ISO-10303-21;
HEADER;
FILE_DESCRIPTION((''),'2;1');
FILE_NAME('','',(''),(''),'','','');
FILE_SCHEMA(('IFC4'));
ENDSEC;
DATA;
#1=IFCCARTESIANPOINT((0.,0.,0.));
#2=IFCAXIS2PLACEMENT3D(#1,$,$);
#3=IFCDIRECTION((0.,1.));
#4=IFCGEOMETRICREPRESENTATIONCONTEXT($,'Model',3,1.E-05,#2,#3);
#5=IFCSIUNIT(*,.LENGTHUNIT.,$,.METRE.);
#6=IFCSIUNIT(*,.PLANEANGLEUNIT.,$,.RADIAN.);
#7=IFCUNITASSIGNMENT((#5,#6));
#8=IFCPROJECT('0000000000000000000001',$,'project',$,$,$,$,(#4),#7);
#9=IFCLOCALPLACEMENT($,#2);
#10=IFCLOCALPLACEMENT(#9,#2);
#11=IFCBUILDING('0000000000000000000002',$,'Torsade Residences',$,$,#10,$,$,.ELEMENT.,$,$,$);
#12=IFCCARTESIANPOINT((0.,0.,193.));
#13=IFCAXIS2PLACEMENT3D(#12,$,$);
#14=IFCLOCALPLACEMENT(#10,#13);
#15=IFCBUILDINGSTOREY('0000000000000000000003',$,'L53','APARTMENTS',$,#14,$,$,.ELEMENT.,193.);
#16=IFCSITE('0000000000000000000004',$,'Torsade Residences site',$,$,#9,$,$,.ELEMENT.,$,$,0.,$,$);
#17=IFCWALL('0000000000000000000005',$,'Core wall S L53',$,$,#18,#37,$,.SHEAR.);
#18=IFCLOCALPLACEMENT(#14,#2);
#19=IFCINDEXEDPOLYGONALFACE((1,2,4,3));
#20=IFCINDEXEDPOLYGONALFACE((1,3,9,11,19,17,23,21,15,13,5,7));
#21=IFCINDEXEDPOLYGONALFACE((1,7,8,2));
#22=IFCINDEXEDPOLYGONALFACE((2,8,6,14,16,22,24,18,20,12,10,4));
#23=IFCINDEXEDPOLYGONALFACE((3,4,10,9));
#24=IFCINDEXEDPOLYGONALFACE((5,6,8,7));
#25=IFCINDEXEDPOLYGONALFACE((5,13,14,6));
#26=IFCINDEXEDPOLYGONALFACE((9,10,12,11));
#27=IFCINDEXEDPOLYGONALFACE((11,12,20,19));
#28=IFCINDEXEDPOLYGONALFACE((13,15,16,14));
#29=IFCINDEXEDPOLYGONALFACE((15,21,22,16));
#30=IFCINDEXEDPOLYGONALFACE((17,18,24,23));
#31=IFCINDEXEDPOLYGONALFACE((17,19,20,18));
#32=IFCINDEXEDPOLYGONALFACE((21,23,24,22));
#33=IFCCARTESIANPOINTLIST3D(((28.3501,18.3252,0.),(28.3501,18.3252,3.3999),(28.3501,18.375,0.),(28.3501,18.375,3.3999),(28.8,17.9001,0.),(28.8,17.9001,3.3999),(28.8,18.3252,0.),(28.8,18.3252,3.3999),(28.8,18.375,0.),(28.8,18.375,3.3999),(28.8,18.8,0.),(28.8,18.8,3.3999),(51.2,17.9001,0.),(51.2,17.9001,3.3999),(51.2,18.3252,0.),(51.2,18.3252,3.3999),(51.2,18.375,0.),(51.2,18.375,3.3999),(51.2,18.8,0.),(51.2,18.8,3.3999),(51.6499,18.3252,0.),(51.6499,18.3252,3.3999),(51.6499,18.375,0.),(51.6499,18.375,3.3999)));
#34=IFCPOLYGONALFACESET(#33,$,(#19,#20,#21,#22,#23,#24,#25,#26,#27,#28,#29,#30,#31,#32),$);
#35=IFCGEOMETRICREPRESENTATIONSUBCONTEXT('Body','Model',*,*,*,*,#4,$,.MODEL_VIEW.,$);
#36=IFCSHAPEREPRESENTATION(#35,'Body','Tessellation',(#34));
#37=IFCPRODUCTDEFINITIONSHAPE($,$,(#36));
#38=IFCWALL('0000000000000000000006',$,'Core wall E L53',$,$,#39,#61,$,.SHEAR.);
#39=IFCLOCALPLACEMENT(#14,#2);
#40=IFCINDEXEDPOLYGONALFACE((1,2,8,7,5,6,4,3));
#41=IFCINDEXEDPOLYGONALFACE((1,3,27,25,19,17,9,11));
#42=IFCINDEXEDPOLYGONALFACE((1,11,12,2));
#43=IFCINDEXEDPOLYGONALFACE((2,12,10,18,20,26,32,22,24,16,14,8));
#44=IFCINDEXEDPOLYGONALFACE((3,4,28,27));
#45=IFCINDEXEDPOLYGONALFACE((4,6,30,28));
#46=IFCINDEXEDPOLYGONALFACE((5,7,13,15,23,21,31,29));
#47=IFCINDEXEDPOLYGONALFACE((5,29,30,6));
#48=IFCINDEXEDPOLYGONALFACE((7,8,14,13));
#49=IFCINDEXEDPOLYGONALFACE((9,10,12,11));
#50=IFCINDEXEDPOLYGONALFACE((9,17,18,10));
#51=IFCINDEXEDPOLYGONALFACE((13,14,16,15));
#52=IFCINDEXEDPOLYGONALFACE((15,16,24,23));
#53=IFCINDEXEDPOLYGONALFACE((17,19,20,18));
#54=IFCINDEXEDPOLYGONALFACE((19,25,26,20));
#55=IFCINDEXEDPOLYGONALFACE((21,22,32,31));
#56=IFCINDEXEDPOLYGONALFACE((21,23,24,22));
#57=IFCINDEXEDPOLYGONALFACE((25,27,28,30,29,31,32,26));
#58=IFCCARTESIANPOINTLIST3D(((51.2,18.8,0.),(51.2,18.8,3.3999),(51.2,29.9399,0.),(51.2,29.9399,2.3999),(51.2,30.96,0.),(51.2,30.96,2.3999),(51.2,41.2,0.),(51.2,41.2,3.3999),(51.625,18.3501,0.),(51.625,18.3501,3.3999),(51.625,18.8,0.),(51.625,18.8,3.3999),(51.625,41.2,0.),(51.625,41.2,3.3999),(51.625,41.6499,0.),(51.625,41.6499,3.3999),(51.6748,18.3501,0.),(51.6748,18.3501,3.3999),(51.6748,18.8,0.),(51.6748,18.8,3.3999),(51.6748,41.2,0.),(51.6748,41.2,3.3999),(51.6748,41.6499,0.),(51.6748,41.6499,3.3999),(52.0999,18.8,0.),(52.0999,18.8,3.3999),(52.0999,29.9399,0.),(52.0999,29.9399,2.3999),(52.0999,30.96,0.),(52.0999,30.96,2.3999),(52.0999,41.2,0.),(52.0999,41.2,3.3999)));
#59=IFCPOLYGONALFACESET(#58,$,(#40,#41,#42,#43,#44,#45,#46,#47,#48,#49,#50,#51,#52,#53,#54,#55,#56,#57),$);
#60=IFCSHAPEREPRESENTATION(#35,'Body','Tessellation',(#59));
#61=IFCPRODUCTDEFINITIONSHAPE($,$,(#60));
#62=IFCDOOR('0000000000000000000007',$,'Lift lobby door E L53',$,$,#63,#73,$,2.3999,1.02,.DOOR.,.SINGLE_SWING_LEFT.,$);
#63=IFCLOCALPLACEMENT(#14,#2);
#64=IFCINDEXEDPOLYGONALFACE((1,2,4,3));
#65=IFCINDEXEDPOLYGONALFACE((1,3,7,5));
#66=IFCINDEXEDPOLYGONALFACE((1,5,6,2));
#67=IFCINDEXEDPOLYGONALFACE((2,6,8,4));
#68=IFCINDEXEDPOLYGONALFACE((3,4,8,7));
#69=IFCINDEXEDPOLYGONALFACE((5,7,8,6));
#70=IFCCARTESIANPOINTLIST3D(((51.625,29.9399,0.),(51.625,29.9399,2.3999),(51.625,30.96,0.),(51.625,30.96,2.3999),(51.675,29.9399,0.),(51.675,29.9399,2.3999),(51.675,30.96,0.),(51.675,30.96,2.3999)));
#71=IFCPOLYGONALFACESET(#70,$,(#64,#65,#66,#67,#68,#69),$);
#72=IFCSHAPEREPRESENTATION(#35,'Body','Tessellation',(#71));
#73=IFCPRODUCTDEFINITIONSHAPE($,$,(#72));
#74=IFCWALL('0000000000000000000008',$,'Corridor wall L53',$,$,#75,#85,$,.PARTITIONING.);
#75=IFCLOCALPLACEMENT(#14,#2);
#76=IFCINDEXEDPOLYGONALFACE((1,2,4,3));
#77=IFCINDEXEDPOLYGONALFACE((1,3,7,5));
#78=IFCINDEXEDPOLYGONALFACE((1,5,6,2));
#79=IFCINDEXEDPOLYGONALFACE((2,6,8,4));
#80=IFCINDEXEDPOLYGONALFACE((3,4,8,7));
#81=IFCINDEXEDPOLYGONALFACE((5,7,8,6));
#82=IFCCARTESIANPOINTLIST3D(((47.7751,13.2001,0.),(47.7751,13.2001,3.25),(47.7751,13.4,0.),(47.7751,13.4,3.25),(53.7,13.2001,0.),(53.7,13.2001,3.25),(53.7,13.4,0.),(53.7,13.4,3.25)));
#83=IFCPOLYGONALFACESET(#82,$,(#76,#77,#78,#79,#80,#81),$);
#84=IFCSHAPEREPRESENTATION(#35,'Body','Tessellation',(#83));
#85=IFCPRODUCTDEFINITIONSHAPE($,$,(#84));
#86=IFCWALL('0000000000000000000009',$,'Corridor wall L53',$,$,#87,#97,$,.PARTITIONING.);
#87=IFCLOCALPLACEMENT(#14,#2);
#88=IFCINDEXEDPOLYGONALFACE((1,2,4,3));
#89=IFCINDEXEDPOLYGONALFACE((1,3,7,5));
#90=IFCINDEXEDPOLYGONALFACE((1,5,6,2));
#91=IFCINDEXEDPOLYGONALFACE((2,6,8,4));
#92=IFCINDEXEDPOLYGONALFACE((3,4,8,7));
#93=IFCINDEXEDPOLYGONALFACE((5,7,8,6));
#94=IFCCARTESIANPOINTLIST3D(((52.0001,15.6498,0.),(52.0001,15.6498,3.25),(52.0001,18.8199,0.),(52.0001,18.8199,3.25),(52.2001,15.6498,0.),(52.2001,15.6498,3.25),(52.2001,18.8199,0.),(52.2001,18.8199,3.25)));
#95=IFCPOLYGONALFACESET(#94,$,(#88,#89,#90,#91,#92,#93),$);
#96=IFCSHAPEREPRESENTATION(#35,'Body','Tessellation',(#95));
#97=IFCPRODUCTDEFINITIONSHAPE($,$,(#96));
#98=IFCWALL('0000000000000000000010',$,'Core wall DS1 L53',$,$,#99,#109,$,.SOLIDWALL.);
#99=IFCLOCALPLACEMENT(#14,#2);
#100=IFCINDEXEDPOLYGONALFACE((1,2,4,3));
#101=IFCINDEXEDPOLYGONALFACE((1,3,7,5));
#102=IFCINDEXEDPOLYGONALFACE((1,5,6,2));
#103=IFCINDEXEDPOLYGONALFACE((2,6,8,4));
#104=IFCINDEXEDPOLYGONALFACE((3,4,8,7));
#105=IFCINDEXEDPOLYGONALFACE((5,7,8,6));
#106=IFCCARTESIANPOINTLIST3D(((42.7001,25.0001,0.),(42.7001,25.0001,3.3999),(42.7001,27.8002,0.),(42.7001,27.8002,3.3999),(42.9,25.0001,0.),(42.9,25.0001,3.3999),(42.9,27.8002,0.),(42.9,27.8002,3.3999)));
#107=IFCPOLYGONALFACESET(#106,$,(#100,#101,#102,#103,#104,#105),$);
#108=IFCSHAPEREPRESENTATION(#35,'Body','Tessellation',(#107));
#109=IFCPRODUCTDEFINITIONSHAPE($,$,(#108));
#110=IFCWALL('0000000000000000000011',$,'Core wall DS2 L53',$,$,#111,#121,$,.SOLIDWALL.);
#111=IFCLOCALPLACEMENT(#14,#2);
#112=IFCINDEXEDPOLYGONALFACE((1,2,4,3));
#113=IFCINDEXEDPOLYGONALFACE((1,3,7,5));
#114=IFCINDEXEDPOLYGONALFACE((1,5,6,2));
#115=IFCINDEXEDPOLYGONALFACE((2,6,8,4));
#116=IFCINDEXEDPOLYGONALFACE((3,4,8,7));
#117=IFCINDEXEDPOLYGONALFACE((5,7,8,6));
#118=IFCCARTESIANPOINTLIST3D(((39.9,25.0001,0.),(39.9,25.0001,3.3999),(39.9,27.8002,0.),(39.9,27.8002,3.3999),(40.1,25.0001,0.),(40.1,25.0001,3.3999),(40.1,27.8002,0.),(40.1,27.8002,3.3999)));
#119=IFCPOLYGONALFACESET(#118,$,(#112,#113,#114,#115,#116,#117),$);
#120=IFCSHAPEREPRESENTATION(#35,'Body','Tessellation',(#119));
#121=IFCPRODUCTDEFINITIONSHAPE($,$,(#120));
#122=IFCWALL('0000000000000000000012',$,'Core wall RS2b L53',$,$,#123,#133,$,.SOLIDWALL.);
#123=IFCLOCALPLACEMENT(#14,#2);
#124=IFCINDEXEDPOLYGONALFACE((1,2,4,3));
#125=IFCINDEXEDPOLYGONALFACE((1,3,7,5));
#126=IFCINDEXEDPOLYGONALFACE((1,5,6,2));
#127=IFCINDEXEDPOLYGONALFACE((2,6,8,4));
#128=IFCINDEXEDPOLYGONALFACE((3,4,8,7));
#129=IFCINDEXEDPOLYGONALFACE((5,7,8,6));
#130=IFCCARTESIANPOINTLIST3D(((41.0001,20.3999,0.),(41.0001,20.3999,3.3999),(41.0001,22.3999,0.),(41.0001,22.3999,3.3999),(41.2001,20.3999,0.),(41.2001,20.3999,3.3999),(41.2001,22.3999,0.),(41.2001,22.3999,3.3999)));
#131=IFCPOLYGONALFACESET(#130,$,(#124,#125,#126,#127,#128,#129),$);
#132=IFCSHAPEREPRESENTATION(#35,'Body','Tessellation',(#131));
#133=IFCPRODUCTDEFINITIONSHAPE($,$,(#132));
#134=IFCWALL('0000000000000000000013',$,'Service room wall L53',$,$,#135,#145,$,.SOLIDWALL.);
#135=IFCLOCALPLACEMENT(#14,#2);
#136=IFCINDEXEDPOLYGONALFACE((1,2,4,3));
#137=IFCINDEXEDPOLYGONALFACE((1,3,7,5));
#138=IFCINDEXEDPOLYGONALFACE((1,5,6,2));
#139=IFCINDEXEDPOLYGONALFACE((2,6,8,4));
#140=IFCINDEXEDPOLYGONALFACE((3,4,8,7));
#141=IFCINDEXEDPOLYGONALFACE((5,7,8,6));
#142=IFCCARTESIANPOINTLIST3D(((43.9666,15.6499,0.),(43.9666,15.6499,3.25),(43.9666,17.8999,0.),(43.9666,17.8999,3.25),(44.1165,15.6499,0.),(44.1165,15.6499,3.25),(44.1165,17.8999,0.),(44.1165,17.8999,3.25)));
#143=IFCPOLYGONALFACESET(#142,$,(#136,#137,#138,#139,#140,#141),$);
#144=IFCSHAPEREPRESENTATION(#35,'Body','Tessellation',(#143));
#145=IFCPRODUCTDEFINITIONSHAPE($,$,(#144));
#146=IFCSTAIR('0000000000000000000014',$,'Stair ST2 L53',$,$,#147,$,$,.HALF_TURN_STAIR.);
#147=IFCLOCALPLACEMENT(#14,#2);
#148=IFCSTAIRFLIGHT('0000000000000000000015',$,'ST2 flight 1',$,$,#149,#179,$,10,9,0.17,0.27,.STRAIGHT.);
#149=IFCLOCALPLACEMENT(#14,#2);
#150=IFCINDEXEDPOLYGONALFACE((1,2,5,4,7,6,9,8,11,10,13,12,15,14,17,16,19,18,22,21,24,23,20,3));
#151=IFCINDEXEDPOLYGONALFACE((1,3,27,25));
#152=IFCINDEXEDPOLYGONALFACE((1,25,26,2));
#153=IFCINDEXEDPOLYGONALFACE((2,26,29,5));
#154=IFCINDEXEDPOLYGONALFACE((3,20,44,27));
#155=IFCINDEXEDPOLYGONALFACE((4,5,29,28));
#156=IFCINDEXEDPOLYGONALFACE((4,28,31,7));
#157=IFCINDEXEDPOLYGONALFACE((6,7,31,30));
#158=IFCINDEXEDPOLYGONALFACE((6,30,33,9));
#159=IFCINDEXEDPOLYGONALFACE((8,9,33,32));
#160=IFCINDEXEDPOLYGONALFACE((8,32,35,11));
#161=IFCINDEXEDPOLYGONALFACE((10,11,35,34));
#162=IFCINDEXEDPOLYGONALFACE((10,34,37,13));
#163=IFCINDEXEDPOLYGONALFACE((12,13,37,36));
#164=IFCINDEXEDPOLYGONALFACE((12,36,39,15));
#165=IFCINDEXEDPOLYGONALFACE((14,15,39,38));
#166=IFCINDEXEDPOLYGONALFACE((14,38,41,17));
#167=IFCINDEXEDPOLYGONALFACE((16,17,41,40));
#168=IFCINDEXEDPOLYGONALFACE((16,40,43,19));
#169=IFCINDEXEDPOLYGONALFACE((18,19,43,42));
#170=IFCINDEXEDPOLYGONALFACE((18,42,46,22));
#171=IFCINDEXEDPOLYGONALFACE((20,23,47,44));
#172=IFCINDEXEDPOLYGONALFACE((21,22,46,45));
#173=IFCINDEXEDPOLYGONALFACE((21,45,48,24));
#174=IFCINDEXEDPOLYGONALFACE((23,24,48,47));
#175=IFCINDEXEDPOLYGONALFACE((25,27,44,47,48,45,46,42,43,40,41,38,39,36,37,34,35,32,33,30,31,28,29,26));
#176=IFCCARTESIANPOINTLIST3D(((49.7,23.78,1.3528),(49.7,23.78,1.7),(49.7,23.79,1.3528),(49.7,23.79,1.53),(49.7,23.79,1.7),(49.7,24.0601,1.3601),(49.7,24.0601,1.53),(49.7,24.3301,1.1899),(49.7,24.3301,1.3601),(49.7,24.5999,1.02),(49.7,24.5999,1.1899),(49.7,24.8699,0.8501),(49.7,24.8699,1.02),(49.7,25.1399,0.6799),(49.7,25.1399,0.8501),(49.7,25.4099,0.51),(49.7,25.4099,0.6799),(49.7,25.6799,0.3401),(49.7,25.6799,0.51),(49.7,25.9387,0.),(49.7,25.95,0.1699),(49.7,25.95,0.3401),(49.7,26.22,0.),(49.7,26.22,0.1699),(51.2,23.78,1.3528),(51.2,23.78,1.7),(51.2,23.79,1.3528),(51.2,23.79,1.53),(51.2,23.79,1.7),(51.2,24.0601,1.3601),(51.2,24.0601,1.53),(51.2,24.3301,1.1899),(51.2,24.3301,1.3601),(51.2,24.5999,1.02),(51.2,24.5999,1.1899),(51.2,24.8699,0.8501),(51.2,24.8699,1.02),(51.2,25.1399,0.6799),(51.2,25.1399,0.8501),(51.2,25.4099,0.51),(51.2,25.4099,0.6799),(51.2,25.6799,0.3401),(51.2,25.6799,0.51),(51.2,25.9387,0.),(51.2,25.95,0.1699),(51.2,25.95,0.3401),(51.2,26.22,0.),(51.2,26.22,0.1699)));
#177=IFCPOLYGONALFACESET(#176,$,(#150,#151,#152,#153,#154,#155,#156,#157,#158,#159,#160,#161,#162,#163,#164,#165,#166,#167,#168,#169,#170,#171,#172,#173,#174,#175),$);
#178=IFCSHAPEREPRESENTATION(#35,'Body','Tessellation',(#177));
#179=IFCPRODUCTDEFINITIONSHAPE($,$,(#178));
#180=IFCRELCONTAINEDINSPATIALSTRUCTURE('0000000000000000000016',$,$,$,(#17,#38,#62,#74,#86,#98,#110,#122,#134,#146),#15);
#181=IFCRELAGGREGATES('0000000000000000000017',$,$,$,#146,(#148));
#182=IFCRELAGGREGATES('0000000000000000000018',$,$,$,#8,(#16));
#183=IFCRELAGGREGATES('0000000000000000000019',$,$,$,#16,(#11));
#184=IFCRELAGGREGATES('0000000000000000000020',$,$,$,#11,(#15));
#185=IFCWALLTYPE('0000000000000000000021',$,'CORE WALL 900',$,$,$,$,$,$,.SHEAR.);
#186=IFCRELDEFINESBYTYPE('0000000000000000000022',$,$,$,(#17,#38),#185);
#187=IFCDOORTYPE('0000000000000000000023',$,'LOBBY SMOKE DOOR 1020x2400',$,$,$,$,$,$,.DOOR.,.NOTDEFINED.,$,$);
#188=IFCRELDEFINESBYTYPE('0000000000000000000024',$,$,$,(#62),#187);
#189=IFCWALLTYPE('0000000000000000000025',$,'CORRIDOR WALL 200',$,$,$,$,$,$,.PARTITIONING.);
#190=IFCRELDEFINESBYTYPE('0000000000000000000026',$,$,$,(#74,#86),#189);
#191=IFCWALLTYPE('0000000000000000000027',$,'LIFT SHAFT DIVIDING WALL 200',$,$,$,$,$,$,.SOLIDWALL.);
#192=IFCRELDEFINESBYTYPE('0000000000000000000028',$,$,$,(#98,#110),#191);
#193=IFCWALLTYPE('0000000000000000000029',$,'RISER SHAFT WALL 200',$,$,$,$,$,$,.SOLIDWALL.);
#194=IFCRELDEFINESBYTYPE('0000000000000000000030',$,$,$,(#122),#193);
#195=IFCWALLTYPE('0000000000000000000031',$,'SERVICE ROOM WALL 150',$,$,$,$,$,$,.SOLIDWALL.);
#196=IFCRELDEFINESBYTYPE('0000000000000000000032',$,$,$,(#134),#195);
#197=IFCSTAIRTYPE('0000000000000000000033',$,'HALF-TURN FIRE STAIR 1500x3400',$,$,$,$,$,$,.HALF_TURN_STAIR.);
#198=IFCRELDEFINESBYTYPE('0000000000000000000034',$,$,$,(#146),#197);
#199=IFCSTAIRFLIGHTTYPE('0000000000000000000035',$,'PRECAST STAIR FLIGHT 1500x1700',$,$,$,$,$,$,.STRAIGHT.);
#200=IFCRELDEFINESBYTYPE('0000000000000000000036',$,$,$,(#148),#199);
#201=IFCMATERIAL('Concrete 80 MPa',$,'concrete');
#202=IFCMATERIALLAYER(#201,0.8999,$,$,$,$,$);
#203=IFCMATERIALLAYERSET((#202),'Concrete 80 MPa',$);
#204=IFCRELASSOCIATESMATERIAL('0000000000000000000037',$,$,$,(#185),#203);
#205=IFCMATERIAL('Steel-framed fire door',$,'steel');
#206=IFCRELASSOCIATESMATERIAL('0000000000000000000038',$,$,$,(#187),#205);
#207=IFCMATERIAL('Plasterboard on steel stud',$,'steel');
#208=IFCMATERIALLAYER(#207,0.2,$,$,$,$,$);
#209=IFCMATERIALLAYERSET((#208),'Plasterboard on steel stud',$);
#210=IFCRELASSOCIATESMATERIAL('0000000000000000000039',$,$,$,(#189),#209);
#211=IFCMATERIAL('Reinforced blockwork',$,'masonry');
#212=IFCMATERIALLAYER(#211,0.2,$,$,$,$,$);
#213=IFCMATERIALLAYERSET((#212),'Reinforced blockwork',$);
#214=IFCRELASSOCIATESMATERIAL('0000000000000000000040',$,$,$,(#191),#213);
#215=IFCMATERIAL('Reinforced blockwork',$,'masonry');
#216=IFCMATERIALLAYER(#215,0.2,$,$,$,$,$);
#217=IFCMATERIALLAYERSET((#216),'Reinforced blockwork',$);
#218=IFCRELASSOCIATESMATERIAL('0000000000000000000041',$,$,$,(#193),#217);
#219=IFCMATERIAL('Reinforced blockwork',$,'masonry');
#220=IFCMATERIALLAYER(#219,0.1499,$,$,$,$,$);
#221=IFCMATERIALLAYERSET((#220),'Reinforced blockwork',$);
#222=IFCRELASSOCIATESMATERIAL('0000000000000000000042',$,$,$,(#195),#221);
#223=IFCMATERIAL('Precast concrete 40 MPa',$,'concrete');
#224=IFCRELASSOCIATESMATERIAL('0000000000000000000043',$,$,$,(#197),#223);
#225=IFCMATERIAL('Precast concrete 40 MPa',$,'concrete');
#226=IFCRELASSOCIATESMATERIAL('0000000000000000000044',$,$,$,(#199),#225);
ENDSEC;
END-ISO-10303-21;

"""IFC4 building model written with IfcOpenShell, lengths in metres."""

from ifc_helpers import new_model, si_unit, direction, frame, frame_2d, origin, place, context, subcontext, project, spatial, polyline, rectangle, outline, extrude, material, layer, layer_set, type_object, element, fill, aggregate, save


model = new_model("IFC4")

# Units and contexts
model_context = context("Model", 3, precision=1e-05, world=origin(), true_north=direction((0.0, 1.0)))
body_context = subcontext(model_context, "Body", "Model", "MODEL_VIEW")
ifc_project = project(units=[si_unit("LENGTHUNIT", "METRE"), si_unit("PLANEANGLEUNIT", "RADIAN")], contexts=[model_context])

# Site, building, storey
site_placement = place(None, origin())
site = spatial("IfcSite", under=ifc_project, at=site_placement, Name="Torsade Residences site", CompositionType="ELEMENT", RefElevation=0.0)
building_placement = place(site_placement, origin())
building = spatial("IfcBuilding", under=site, at=building_placement, Name="Torsade Residences", CompositionType="ELEMENT")
storey_placement = place(building_placement, frame((0.0, 0.0, 193.0)))
storey = spatial("IfcBuildingStorey", under=building, at=storey_placement, Name="L53", Description="APARTMENTS", CompositionType="ELEMENT", Elevation=193.0)

# Wall
ifc_material_1 = material(Name="Concrete 80 MPa", Category="concrete")
ifc_layer_1 = layer(ifc_material_1, 0.8999)
ifc_layer_set_1 = layer_set([ifc_layer_1], Name="Concrete 80 MPa")
wall_type_1 = type_object("IfcWallType", Name="CORE WALL 900", PredefinedType="SHEAR", material=ifc_layer_set_1)
wall_1_placement = place(storey_placement, frame((51.2, 18.3501, 0.0), z_axis=(0.0, 0.0, 1.0), x_axis=(-1.0, 0.0, 0.0)))
element("IfcWall", 1, at=wall_1_placement, inside=storey, type_object=wall_type_1, Name="Core wall S L53", PredefinedType="SHEAR", context=body_context, shape_type="SweptSolid", body=[
    extrude(outline(polyline([(0.0, -0.45), (22.3999, -0.45), (22.3999, -0.0249), (22.8499, -0.0249), (22.8499, 0.0249), (22.3999, 0.0249), (22.3999, 0.45), (0.0, 0.45), (0.0, 0.0249), (-0.45, 0.0249), (-0.45, -0.0249), (0.0, -0.0249), (0.0, -0.45)])), origin(), (0.0, 0.0, 1.0), 3.3999),
])

# Wall, opening, door
wall_2_placement = place(storey_placement, frame((51.6499, 18.8, 0.0), z_axis=(0.0, 0.0, 1.0), x_axis=(0.0, 1.0, 0.0)))
wall_2 = element("IfcWall", 2, at=wall_2_placement, inside=storey, type_object=wall_type_1, Name="Core wall E L53", PredefinedType="SHEAR", context=body_context, shape_type="SweptSolid", body=[
    extrude(outline(polyline([(0.0, -0.45), (22.3999, -0.45), (22.3999, -0.0249), (22.8499, -0.0249), (22.8499, 0.0249), (22.3999, 0.0249), (22.3999, 0.45), (0.0, 0.45), (0.0, 0.0249), (-0.45, 0.0249), (-0.45, -0.0249), (0.0, -0.0249), (0.0, -0.45)])), origin(), (0.0, 0.0, 1.0), 3.3999),
])
opening_placement = place(wall_2_placement, frame((11.1399, 0.0, 0.0)))
opening = element("IfcOpeningElement", 3, at=opening_placement, cuts=wall_2, PredefinedType="OPENING", context=body_context, shape_type="SweptSolid", body=[
    extrude(rectangle(XDim=1.02, YDim=2.3999, at=frame_2d((0.51, 1.2))), frame((0.0, 0.46, 0.0), z_axis=(0.0, -1.0, 0.0), x_axis=(1.0, 0.0, 0.0)), (0.0, 0.0, 1.0), 0.9199),
])
ifc_material_2 = material(Name="Steel-framed fire door", Category="steel")
door_type = type_object("IfcDoorType", Name="LOBBY SMOKE DOOR 1020x2400", OperationType="NOTDEFINED", PredefinedType="DOOR", material=ifc_material_2)
door_placement = place(opening_placement, origin())
door = element("IfcDoor", 4, at=door_placement, inside=storey, type_object=door_type, Name="Lift lobby door E L53", OperationType="SINGLE_SWING_LEFT", OverallHeight=2.3999, OverallWidth=1.02, PredefinedType="DOOR", context=body_context, shape_type="SweptSolid", body=[
    extrude(rectangle(XDim=1.02, YDim=2.3999, at=frame_2d((0.51, 1.2))), frame((0.0, 0.0249, 0.0), z_axis=(0.0, -1.0, 0.0), x_axis=(1.0, 0.0, 0.0)), (0.0, 0.0, 1.0), 0.05),
])
fill(opening, door)

# Walls
ifc_material_3 = material(Name="Plasterboard on steel stud", Category="steel")
ifc_layer_2 = layer(ifc_material_3, 0.2)
ifc_layer_set_2 = layer_set([ifc_layer_2], Name="Plasterboard on steel stud")
wall_type_2 = type_object("IfcWallType", Name="CORRIDOR WALL 200", PredefinedType="PARTITIONING", material=ifc_layer_set_2)
wall_3_placement = place(storey_placement, frame((47.7751, 13.3, 0.0), z_axis=(0.0, 0.0, 1.0), x_axis=(1.0, 0.0, 0.0)))
element("IfcWall", 5, at=wall_3_placement, inside=storey, type_object=wall_type_2, Name="Corridor wall L53", PredefinedType="PARTITIONING", context=body_context, shape_type="SweptSolid", body=[
    extrude(rectangle(XDim=5.9248, YDim=0.2, at=frame_2d((2.9624, 0.0))), origin(), (0.0, 0.0, 1.0), 3.25),
])
wall_4_placement = place(storey_placement, frame((52.1001, 15.6499, 0.0), z_axis=(0.0, 0.0, 1.0), x_axis=(0.0, 1.0, 0.0)))
element("IfcWall", 6, at=wall_4_placement, inside=storey, type_object=wall_type_2, Name="Corridor wall L53", PredefinedType="PARTITIONING", context=body_context, shape_type="SweptSolid", body=[
    extrude(rectangle(XDim=3.1702, YDim=0.2, at=frame_2d((1.585, 0.0))), origin(), (0.0, 0.0, 1.0), 3.25),
])
ifc_material_4 = material(Name="Reinforced blockwork", Category="masonry")
ifc_layer_3 = layer(ifc_material_4, 0.2)
ifc_layer_set_3 = layer_set([ifc_layer_3], Name="Reinforced blockwork")
wall_type_3 = type_object("IfcWallType", Name="LIFT SHAFT DIVIDING WALL 200", PredefinedType="SOLIDWALL", material=ifc_layer_set_3)
for number, where, z_axis, x_axis, name in (
    (7, (42.8, 27.8, 0.0), (0.0, 0.0, 1.0), (0.0, -1.0, 0.0), "Core wall DS1 L53"),
    (8, (40.0, 27.8, 0.0), (0.0, 0.0, 1.0), (0.0, -1.0, 0.0), "Core wall DS2 L53"),
):
    element("IfcWall", number, at=place(storey_placement, frame(where, z_axis=z_axis, x_axis=x_axis)), inside=storey, type_object=wall_type_3, Name=name, PredefinedType="SOLIDWALL", context=body_context, shape_type="SweptSolid", body=[
        extrude(rectangle(XDim=2.8, YDim=0.2, at=frame_2d((1.3999, 0.0))), origin(), (0.0, 0.0, 1.0), 3.3999),
    ])
ifc_material_5 = material(Name="Reinforced blockwork", Category="masonry")
ifc_layer_4 = layer(ifc_material_5, 0.2)
ifc_layer_set_4 = layer_set([ifc_layer_4], Name="Reinforced blockwork")
wall_type_4 = type_object("IfcWallType", Name="RISER SHAFT WALL 200", PredefinedType="SOLIDWALL", material=ifc_layer_set_4)
wall_5_placement = place(storey_placement, frame((41.1001, 22.3999, 0.0), z_axis=(0.0, 0.0, 1.0), x_axis=(0.0, -1.0, 0.0)))
element("IfcWall", 9, at=wall_5_placement, inside=storey, type_object=wall_type_4, Name="Core wall RS2b L53", PredefinedType="SOLIDWALL", context=body_context, shape_type="SweptSolid", body=[
    extrude(rectangle(XDim=2.0, YDim=0.2, at=frame_2d((1.0, 0.0))), origin(), (0.0, 0.0, 1.0), 3.3999),
])
ifc_material_6 = material(Name="Reinforced blockwork", Category="masonry")
ifc_layer_5 = layer(ifc_material_6, 0.1499)
ifc_layer_set_5 = layer_set([ifc_layer_5], Name="Reinforced blockwork")
wall_type_5 = type_object("IfcWallType", Name="SERVICE ROOM WALL 150", PredefinedType="SOLIDWALL", material=ifc_layer_set_5)
wall_6_placement = place(storey_placement, frame((44.0415, 15.6499, 0.0), z_axis=(0.0, 0.0, 1.0), x_axis=(0.0, 1.0, 0.0)))
element("IfcWall", 10, at=wall_6_placement, inside=storey, type_object=wall_type_5, Name="Service room wall L53", PredefinedType="SOLIDWALL", context=body_context, shape_type="SweptSolid", body=[
    extrude(rectangle(XDim=2.25, YDim=0.1499, at=frame_2d((1.125, 0.0))), origin(), (0.0, 0.0, 1.0), 3.25),
])

# Stair, stair flight
ifc_material_7 = material(Name="Precast concrete 40 MPa", Category="concrete")
stair_type = type_object("IfcStairType", Name="HALF-TURN FIRE STAIR 1500x3400", PredefinedType="HALF_TURN_STAIR", material=ifc_material_7)
stair_placement = place(storey_placement, origin())
stair = element("IfcStair", 11, at=stair_placement, inside=storey, type_object=stair_type, Name="Stair ST2 L53", PredefinedType="HALF_TURN_STAIR")
ifc_material_8 = material(Name="Precast concrete 40 MPa", Category="concrete")
stair_flight_type = type_object("IfcStairFlightType", Name="PRECAST STAIR FLIGHT 1500x1700", PredefinedType="STRAIGHT", material=ifc_material_8)
stair_flight_1_placement = place(storey_placement, frame((50.45, 26.22, 0.0), z_axis=(0.0, 0.0, 1.0), x_axis=(0.0, -1.0, 0.0)))
stair_flight_1 = element("IfcStairFlight", 12, at=stair_flight_1_placement, type_object=stair_flight_type, Name="ST2 flight 1", NumberOfRisers=10, NumberOfTreads=9, PredefinedType="STRAIGHT", RiserHeight=0.17, TreadLength=0.27, context=body_context, shape_type="SweptSolid", body=[
    extrude(outline(polyline([(0.0, 0.0), (0.0, 0.1699), (0.27, 0.1699), (0.27, 0.3401), (0.54, 0.3401), (0.54, 0.51), (0.8101, 0.51), (0.8101, 0.6799), (1.0801, 0.6799), (1.0801, 0.8501), (1.3501, 0.8501), (1.3501, 1.02), (1.6201, 1.02), (1.6201, 1.1899), (1.8899, 1.1899), (1.8899, 1.3601), (2.1599, 1.3601), (2.1599, 1.53), (2.4299, 1.53), (2.4299, 1.7), (2.4399, 1.7), (2.4399, 1.3528), (2.4299, 1.3528), (0.2812, 0.0), (0.0, 0.0)])), frame((0.0, 0.75, 0.0), z_axis=(0.0, -1.0, 0.0), x_axis=(1.0, 0.0, 0.0)), (0.0, 0.0, 1.0), 1.5),
])
aggregate(stair, [stair_flight_1])

save(model, "model.ifc")
